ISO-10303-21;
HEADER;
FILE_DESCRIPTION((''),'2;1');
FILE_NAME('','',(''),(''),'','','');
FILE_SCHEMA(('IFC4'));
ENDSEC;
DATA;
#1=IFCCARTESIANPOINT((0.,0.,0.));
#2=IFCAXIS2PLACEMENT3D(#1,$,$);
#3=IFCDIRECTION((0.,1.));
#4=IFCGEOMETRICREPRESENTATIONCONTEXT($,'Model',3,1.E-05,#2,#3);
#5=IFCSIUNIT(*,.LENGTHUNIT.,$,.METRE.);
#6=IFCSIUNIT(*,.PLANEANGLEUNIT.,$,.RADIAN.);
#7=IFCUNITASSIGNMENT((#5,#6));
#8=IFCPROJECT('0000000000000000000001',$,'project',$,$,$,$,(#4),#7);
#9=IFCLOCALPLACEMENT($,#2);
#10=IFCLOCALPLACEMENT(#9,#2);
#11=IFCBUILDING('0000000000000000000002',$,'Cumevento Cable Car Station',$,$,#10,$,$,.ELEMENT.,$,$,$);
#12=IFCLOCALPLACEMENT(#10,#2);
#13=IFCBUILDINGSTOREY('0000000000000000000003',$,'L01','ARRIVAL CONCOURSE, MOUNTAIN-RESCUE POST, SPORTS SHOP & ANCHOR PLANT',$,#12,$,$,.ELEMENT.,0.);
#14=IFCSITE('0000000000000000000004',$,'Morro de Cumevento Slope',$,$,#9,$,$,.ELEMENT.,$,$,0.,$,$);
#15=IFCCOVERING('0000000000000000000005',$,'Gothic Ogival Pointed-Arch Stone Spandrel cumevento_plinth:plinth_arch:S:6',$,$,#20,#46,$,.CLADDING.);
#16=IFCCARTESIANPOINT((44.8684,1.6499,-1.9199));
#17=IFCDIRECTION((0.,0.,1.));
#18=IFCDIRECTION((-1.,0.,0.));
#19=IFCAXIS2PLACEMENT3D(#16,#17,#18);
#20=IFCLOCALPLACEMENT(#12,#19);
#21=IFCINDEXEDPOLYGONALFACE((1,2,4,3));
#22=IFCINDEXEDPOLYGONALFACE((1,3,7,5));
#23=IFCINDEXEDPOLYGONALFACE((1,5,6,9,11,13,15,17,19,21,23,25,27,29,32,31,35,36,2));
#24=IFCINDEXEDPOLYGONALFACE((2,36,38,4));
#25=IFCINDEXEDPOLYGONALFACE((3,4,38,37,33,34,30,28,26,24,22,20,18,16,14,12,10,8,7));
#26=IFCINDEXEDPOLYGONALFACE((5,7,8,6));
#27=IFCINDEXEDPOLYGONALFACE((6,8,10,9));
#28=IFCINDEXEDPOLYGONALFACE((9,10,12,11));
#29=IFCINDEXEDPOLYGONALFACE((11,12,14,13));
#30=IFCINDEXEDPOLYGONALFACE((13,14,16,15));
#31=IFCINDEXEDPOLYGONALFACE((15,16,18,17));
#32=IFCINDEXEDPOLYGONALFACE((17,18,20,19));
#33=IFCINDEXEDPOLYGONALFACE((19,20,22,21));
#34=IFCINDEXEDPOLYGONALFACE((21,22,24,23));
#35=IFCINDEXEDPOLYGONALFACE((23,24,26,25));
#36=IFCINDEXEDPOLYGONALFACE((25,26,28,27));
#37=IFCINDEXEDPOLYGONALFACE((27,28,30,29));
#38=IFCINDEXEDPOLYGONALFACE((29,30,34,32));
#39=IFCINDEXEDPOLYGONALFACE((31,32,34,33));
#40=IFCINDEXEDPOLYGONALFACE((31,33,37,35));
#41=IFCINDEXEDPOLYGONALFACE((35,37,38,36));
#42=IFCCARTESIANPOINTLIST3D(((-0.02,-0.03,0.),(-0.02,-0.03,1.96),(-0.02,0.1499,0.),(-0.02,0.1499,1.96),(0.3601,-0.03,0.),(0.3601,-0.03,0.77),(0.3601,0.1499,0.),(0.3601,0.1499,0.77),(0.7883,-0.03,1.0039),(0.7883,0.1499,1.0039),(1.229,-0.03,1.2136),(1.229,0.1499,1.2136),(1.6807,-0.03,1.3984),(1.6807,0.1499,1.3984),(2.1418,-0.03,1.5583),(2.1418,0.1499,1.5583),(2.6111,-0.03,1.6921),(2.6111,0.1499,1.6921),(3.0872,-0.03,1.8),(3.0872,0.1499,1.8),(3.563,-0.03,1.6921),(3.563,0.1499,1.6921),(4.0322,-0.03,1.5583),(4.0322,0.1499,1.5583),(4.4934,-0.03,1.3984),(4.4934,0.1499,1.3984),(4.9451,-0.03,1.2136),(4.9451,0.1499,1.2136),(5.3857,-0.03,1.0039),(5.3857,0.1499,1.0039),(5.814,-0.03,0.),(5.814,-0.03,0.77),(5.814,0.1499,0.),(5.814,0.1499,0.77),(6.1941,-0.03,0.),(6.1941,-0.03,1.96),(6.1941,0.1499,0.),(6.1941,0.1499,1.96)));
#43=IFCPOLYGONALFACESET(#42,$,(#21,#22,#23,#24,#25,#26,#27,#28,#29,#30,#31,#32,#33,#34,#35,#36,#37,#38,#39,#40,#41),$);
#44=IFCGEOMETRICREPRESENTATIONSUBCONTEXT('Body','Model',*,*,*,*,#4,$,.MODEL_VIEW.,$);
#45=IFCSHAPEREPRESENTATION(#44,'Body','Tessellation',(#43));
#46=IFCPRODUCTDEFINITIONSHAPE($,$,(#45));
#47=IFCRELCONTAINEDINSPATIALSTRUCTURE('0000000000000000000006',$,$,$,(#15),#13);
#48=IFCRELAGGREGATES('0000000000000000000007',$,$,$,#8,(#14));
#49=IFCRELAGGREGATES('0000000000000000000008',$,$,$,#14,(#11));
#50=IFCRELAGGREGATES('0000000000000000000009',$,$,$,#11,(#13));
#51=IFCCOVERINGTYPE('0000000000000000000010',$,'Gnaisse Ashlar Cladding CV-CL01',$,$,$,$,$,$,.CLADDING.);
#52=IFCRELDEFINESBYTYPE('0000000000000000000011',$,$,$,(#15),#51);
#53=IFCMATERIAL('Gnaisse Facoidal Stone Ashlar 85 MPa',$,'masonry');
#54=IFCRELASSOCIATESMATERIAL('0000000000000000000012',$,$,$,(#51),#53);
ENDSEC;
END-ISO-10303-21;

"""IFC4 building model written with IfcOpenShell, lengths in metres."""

from ifc_helpers import new_model, si_unit, direction, frame, origin, place, context, subcontext, project, spatial, polyline, outline, extrude, material, type_object, element, save


model = new_model("IFC4")

# Units and contexts
model_context = context("Model", 3, precision=1e-05, world=origin(), true_north=direction((0.0, 1.0)))
body_context = subcontext(model_context, "Body", "Model", "MODEL_VIEW")
ifc_project = project(units=[si_unit("LENGTHUNIT", "METRE"), si_unit("PLANEANGLEUNIT", "RADIAN")], contexts=[model_context])

# Site, building, storey
site_placement = place(None, origin())
site = spatial("IfcSite", under=ifc_project, at=site_placement, Name="Morro de Cumevento Slope", CompositionType="ELEMENT", RefElevation=0.0)
building_placement = place(site_placement, origin())
building = spatial("IfcBuilding", under=site, at=building_placement, Name="Cumevento Cable Car Station", CompositionType="ELEMENT")
storey_placement = place(building_placement, origin())
storey = spatial("IfcBuildingStorey", under=building, at=storey_placement, Name="L01", Description="ARRIVAL CONCOURSE, MOUNTAIN-RESCUE POST, SPORTS SHOP & ANCHOR PLANT", CompositionType="ELEMENT", Elevation=0.0)

# Covering
ifc_material_1 = material(Name="Gnaisse Facoidal Stone Ashlar 85 MPa", Category="masonry")
covering_type = type_object("IfcCoveringType", Name="Gnaisse Ashlar Cladding CV-CL01", PredefinedType="CLADDING", material=ifc_material_1)
covering_1_placement = place(storey_placement, frame((44.8684, 1.6499, -1.9199), z_axis=(0.0, 0.0, 1.0), x_axis=(-1.0, 0.0, 0.0)))
element("IfcCovering", 1, at=covering_1_placement, inside=storey, type_object=covering_type, Name="Gothic Ogival Pointed-Arch Stone Spandrel cumevento_plinth:plinth_arch:S:6", PredefinedType="CLADDING", context=body_context, shape_type="SweptSolid", body=[
    extrude(outline(polyline([(-0.02, 0.0), (-0.02, 1.96), (6.1941, 1.96), (6.1941, 0.0), (5.814, 0.0), (5.814, 0.77), (5.3857, 1.0039), (4.9451, 1.2136), (4.4934, 1.3984), (4.0322, 1.5583), (3.563, 1.6921), (3.0872, 1.8), (2.6111, 1.6921), (2.1418, 1.5583), (1.6807, 1.3984), (1.229, 1.2136), (0.7883, 1.0039), (0.3601, 0.77), (0.3601, 0.0), (-0.02, 0.0)])), frame((0.0, 0.1499, 0.0), z_axis=(0.0, -1.0, 0.0), x_axis=(1.0, 0.0, 0.0)), (0.0, 0.0, 1.0), 0.1799),
])

save(model, "model.ifc")
